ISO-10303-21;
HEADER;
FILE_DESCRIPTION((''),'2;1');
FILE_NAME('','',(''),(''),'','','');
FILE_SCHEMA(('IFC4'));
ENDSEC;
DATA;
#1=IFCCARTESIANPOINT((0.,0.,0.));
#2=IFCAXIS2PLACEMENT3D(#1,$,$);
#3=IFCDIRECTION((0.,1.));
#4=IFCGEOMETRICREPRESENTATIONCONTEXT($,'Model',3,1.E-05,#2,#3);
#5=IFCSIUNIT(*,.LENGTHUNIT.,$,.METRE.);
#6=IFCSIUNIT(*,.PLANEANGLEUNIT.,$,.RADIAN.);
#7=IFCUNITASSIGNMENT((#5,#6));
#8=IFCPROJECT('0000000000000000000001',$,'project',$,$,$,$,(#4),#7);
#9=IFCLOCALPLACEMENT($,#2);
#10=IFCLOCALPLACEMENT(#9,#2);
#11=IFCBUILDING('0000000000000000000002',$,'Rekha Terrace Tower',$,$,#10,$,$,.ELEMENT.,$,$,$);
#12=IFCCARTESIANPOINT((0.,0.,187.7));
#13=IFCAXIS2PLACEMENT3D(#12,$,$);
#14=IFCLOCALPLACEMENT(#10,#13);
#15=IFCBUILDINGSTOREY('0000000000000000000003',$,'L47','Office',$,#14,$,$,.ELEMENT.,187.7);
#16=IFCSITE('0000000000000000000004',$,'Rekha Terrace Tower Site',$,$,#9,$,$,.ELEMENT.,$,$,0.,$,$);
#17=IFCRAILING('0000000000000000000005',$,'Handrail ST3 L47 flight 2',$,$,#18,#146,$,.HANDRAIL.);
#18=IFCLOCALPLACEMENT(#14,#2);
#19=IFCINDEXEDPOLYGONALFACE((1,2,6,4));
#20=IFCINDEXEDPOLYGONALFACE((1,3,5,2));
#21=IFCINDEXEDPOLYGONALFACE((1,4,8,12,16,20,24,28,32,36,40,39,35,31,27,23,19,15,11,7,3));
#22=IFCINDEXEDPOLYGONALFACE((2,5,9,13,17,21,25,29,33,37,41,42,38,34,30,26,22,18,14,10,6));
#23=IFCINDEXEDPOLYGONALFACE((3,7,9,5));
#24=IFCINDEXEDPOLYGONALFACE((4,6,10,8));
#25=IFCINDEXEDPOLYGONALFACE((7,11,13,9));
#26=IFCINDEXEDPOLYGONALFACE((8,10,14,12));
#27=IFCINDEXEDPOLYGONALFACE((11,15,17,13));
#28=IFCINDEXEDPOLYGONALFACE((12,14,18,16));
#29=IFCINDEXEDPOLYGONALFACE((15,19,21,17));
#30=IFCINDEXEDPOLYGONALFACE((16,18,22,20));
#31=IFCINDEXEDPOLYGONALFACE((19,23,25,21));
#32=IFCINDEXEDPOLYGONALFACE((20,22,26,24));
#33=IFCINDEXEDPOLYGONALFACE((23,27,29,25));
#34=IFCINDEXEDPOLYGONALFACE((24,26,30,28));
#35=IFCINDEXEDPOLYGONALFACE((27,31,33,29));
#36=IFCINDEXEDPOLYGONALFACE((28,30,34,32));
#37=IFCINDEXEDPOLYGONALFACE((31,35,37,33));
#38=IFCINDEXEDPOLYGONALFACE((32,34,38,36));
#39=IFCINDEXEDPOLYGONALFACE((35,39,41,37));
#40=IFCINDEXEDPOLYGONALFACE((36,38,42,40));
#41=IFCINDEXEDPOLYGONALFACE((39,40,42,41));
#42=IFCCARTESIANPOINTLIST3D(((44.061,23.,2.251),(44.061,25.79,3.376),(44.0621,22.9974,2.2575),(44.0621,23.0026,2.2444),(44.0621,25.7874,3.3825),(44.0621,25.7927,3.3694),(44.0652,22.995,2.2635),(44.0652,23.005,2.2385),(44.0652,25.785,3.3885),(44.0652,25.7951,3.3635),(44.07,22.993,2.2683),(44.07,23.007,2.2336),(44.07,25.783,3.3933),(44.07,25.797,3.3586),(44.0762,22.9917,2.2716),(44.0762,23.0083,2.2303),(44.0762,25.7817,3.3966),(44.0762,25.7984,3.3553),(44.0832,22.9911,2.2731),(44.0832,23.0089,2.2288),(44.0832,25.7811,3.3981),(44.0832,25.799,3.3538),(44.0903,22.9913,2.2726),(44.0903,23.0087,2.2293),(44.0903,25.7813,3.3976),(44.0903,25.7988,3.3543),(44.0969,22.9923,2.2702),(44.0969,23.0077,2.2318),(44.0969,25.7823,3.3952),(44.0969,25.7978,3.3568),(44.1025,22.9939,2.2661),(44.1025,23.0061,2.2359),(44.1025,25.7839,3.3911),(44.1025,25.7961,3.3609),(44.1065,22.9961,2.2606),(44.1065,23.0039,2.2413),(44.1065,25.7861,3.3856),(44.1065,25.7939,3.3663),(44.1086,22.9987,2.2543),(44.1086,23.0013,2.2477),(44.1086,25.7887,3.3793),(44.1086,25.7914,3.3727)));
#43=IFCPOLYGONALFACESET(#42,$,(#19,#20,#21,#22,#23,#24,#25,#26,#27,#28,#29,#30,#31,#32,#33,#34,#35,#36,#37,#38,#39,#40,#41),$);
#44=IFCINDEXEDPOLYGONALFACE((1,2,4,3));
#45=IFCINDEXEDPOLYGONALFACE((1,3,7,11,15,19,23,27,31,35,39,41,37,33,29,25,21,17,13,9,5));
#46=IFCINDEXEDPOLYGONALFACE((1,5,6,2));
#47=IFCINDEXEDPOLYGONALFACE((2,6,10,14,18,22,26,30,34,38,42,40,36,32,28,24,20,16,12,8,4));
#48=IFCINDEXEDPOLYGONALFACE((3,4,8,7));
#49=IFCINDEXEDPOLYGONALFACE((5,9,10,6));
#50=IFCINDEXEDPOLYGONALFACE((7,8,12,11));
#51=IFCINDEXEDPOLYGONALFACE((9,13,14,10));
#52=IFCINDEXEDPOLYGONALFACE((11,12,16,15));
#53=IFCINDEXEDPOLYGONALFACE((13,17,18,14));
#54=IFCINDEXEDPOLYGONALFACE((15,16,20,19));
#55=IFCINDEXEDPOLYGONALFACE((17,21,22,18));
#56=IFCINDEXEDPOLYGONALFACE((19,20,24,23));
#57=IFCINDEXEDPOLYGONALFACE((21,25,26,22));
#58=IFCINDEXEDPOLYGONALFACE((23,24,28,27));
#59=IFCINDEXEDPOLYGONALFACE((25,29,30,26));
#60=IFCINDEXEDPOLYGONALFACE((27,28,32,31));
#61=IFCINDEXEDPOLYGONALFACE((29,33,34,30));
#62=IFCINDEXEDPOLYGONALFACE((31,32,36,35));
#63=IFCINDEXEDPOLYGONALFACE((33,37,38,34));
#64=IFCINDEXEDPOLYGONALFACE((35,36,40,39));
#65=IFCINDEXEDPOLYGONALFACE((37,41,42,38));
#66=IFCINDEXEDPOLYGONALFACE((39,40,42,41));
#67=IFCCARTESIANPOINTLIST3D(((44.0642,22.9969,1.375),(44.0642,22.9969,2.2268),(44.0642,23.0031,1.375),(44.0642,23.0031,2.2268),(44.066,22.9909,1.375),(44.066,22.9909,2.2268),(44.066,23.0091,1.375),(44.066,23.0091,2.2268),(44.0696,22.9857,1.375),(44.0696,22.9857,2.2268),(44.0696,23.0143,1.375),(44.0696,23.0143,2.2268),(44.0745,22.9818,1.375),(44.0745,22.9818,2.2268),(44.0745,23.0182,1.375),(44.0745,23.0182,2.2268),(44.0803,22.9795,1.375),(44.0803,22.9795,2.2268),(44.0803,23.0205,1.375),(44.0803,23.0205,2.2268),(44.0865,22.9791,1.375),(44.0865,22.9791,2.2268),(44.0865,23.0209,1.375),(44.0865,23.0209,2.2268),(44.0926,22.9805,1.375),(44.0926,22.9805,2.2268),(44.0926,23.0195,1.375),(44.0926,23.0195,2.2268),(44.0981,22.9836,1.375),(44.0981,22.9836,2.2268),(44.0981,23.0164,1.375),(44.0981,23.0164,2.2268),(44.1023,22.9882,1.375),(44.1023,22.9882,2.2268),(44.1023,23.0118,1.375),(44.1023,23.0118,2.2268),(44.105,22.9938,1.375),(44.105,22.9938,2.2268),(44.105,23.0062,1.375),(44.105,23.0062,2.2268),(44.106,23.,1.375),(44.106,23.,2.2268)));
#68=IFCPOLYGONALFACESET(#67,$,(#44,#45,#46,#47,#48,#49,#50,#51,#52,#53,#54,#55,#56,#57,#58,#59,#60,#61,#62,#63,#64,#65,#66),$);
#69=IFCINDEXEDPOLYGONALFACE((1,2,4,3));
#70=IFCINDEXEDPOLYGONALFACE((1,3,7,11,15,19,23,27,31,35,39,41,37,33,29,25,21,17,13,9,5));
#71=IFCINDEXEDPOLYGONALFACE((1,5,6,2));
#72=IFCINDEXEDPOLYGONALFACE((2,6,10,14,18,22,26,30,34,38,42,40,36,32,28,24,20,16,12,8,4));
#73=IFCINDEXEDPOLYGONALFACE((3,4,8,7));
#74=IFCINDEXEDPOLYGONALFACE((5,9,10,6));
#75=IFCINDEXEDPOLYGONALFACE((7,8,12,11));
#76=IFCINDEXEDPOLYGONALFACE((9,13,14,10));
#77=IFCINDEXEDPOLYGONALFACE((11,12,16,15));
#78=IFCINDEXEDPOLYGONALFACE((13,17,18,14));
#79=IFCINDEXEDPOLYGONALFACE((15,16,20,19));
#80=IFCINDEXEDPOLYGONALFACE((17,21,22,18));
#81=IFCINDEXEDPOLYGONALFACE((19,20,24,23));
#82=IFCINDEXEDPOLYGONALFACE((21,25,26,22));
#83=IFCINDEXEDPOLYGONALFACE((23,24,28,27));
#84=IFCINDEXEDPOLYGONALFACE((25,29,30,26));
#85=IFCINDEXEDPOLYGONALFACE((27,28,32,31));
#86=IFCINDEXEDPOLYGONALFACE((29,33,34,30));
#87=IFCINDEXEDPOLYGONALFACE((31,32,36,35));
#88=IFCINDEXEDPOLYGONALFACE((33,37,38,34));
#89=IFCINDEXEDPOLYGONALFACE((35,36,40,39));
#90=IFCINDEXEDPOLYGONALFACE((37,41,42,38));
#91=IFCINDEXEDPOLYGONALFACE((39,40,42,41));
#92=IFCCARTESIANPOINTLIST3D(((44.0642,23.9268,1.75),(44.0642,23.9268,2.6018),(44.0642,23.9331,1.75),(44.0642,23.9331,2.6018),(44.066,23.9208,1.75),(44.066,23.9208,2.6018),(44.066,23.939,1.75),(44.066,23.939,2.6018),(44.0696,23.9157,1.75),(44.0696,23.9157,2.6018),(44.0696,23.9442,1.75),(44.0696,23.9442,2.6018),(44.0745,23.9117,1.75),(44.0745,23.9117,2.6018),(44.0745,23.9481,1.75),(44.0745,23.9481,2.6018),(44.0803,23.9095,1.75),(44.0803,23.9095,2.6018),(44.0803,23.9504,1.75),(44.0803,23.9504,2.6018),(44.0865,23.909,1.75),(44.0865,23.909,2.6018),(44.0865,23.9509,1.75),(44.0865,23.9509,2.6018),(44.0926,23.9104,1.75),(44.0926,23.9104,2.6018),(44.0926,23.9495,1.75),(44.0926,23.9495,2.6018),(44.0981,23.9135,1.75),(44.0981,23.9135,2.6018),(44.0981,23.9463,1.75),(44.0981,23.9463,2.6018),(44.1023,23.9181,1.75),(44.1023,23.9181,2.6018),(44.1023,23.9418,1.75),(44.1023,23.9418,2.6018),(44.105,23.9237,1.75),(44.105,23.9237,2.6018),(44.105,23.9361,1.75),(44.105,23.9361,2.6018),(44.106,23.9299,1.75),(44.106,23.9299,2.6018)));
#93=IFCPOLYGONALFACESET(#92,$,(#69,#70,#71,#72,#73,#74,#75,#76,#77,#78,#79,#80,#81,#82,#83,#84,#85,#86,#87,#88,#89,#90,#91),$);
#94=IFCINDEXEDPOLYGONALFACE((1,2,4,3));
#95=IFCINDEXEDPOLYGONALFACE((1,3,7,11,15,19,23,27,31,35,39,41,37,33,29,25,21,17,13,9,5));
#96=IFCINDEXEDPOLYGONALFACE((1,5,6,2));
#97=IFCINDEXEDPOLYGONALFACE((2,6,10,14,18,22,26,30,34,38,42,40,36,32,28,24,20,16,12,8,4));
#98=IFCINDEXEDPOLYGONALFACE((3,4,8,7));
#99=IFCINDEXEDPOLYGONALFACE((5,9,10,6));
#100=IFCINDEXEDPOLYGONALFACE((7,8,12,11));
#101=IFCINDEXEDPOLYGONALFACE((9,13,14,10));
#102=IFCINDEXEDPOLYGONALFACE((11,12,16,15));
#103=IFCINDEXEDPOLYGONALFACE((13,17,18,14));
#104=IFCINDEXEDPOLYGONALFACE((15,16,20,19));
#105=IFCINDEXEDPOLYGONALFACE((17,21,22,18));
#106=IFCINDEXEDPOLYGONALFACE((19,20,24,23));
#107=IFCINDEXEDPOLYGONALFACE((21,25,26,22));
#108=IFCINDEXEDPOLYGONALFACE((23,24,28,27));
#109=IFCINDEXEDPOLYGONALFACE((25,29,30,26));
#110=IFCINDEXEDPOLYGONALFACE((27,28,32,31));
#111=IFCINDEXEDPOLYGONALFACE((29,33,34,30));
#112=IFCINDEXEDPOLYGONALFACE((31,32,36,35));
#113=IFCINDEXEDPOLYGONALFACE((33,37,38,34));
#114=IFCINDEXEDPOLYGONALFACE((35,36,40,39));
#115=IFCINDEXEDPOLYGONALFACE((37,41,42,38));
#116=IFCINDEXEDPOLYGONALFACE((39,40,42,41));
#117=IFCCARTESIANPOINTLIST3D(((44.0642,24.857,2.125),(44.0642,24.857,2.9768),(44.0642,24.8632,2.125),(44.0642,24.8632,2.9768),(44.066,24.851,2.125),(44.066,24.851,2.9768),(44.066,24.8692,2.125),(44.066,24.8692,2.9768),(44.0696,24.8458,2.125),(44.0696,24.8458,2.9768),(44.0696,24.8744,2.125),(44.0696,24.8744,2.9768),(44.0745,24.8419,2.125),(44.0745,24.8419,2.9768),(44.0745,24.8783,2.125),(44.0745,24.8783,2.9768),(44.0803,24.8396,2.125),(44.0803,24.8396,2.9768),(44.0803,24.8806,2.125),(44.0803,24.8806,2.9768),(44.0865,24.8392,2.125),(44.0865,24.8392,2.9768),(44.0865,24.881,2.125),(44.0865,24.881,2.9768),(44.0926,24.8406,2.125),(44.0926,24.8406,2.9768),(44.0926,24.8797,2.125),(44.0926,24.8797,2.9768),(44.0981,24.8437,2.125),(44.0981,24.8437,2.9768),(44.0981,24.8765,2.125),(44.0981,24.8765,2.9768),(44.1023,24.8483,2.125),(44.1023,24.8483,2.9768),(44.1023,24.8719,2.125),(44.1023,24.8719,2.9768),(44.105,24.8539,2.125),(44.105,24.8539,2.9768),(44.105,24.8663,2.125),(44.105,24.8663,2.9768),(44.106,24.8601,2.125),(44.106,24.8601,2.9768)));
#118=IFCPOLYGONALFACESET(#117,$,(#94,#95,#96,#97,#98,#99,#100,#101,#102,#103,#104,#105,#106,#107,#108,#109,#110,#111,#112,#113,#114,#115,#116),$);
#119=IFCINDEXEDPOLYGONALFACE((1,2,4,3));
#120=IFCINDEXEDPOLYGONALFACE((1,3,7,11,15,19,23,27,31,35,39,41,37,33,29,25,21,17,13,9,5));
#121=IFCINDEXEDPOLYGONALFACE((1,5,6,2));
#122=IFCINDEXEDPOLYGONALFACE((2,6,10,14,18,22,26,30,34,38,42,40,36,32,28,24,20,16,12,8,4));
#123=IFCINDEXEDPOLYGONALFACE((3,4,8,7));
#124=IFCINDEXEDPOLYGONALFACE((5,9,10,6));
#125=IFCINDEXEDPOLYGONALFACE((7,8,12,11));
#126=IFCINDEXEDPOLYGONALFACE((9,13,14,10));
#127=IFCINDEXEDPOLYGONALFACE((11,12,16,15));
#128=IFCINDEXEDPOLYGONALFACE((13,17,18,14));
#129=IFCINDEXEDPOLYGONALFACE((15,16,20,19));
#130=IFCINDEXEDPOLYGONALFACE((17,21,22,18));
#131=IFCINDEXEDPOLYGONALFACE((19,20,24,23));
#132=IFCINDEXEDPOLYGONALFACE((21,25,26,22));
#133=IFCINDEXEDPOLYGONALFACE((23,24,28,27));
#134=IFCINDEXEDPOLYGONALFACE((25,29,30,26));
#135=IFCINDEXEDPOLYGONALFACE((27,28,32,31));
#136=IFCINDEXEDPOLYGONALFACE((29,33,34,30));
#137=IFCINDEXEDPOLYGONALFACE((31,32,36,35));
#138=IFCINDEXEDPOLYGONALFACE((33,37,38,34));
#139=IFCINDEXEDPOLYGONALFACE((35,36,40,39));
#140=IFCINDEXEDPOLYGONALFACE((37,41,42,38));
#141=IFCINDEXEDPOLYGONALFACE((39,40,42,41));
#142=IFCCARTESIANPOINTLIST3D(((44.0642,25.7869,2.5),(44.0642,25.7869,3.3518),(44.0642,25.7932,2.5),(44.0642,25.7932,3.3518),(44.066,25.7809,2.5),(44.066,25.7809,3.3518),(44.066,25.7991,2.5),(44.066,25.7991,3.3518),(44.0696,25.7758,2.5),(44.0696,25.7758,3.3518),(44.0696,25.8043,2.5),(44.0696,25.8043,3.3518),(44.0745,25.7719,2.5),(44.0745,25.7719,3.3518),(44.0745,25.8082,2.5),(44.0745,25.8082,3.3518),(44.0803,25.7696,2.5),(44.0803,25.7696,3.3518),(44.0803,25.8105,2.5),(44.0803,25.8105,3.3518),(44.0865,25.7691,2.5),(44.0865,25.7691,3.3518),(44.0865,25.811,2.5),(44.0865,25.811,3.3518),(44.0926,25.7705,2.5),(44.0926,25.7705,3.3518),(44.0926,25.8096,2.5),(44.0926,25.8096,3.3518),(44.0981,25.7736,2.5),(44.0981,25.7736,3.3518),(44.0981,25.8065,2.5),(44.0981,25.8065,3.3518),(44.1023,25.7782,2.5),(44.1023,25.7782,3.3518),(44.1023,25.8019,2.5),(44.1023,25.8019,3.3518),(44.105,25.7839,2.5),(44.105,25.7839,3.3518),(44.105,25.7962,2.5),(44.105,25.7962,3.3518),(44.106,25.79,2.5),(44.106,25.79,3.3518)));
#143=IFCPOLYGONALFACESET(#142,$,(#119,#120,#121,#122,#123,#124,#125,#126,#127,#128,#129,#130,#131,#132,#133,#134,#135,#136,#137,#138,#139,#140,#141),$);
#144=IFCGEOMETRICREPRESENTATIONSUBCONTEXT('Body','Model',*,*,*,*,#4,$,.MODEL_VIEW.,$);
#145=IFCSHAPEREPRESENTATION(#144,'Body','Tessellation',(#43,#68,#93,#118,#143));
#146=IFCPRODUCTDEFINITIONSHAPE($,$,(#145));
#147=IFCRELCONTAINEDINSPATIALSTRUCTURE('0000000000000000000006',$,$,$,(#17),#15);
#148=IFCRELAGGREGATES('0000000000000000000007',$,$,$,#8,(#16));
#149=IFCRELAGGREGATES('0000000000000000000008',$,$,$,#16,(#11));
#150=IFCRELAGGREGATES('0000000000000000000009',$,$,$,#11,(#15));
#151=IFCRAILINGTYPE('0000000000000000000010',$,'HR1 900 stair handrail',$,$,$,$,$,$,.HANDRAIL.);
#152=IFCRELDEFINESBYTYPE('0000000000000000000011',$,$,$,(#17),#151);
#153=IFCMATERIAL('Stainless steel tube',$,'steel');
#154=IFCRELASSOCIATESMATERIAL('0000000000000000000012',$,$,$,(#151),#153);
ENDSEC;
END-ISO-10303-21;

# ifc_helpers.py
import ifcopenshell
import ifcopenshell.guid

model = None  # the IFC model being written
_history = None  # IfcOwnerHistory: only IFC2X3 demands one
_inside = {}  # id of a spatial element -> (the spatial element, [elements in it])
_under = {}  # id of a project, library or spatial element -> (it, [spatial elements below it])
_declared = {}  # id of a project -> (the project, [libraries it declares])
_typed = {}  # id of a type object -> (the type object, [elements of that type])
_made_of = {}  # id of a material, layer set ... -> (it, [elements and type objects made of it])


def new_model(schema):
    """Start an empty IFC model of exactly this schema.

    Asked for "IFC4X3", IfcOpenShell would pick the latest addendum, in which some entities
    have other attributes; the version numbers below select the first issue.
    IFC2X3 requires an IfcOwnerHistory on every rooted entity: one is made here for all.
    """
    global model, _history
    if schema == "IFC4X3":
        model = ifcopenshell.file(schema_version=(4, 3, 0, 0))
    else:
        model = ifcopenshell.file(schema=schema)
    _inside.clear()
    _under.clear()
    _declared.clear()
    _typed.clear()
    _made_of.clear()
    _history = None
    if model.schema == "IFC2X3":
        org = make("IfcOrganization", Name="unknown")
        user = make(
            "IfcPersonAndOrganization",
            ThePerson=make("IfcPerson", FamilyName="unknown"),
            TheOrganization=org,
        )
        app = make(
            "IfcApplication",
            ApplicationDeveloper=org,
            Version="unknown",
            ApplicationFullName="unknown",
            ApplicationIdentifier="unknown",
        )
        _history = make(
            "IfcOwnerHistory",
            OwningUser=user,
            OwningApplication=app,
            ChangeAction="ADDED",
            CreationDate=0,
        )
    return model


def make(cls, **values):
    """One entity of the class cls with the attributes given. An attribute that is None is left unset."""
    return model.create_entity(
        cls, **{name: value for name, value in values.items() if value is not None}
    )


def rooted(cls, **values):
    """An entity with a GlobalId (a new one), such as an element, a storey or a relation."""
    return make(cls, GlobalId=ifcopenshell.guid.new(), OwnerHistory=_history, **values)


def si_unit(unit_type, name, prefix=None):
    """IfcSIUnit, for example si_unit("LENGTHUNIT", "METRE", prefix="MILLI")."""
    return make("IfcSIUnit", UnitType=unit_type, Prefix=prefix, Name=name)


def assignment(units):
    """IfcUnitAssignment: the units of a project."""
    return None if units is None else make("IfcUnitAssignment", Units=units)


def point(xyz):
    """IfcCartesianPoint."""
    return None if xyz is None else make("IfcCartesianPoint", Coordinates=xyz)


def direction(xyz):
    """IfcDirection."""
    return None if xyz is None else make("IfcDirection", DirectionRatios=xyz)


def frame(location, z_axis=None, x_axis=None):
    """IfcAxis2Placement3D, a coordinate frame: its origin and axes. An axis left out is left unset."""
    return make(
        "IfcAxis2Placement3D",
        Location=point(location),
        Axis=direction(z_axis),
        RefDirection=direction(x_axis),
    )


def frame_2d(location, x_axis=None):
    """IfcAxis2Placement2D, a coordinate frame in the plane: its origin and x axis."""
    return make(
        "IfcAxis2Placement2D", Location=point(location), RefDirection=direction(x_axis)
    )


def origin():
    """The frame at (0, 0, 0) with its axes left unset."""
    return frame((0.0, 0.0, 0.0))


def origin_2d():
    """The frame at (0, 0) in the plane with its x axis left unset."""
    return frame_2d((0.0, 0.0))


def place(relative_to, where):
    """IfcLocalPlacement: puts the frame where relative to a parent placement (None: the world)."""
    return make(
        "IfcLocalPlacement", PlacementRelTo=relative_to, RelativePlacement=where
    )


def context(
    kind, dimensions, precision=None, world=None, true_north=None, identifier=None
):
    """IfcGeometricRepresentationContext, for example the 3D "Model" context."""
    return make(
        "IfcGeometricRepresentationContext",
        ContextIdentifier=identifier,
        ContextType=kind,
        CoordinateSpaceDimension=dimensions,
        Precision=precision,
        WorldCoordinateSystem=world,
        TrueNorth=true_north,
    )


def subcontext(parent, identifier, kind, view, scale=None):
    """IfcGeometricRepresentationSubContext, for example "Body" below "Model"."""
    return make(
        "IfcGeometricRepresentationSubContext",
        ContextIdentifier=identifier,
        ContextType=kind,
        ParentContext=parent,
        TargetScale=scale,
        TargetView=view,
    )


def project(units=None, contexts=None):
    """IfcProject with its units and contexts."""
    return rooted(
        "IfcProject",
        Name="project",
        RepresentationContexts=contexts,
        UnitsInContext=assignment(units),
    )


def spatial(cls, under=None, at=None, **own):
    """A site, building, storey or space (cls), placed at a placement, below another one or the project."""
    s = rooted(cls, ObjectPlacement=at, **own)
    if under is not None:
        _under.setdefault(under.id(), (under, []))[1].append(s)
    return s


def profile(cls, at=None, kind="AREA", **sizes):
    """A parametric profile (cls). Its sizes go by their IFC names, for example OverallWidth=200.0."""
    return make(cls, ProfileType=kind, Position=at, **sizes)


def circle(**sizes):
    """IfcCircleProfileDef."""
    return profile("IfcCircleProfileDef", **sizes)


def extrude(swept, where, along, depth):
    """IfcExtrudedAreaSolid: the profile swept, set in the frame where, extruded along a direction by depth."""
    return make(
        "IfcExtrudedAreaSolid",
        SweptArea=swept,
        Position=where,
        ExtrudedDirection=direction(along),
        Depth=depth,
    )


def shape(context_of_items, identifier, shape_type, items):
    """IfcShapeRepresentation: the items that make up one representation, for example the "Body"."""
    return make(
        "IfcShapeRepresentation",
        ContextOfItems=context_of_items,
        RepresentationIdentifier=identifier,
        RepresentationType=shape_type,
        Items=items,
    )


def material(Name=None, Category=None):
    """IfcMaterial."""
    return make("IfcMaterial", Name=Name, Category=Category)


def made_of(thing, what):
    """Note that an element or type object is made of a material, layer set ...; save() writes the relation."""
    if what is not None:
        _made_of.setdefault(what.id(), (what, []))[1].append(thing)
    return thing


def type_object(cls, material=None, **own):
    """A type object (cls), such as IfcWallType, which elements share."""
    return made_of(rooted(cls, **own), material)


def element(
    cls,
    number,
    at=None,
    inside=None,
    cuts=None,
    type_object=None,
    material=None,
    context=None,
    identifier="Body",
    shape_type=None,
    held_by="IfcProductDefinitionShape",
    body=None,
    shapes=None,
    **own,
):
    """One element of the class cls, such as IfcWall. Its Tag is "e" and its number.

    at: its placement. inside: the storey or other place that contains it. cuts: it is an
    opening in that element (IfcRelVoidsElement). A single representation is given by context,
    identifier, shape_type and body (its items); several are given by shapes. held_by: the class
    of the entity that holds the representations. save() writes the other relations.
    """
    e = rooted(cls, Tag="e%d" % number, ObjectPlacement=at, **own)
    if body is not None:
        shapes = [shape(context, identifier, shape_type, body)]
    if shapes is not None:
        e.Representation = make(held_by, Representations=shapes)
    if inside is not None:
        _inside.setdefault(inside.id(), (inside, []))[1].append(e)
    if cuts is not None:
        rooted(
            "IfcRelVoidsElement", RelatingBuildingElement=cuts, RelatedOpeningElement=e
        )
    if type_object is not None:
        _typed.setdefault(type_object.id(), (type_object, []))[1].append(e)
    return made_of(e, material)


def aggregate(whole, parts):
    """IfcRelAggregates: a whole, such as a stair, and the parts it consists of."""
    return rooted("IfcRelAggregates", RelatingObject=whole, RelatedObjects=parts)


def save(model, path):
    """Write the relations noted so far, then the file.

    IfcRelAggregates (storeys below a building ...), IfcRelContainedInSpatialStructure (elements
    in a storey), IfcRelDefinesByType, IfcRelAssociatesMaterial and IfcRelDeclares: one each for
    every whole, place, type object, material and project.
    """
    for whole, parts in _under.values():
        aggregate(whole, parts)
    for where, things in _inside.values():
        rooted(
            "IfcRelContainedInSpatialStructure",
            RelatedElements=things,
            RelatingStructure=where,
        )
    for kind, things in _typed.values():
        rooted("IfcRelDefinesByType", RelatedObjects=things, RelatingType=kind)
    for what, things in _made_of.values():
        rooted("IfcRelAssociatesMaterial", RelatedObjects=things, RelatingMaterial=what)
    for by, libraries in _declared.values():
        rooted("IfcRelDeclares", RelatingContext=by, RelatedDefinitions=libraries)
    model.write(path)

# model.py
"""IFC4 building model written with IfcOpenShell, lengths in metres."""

from ifc_helpers import new_model, si_unit, direction, frame, origin, origin_2d, place, context, subcontext, project, spatial, circle, extrude, material, type_object, element, save


model = new_model("IFC4")

# Units and contexts
model_context = context("Model", 3, precision=1e-05, world=origin(), true_north=direction((0.0, 1.0)))
body_context = subcontext(model_context, "Body", "Model", "MODEL_VIEW")
ifc_project = project(units=[si_unit("LENGTHUNIT", "METRE"), si_unit("PLANEANGLEUNIT", "RADIAN")], contexts=[model_context])

# Site, building, storey
site_placement = place(None, origin())
site = spatial("IfcSite", under=ifc_project, at=site_placement, Name="Rekha Terrace Tower Site", CompositionType="ELEMENT", RefElevation=0.0)
building_placement = place(site_placement, origin())
building = spatial("IfcBuilding", under=site, at=building_placement, Name="Rekha Terrace Tower", CompositionType="ELEMENT")
storey_placement = place(building_placement, frame((0.0, 0.0, 187.7)))
storey = spatial("IfcBuildingStorey", under=building, at=storey_placement, Name="L47", Description="Office", CompositionType="ELEMENT", Elevation=187.7)

# Railing
ifc_material_1 = material(Name="Stainless steel tube", Category="steel")
railing_type_1 = type_object("IfcRailingType", Name="HR1 900 stair handrail", PredefinedType="HANDRAIL", material=ifc_material_1)
railing_1_placement = place(storey_placement, frame((44.085, 23.0, 1.375)))
element("IfcRailing", 1, at=railing_1_placement, inside=storey, type_object=railing_type_1, Name="Handrail ST3 L47 flight 2", PredefinedType="HANDRAIL", context=body_context, shape_type="SweptSolid", body=[
    extrude(circle(Radius=0.0239, at=origin_2d()), frame((0.0, 0.0, 0.876), z_axis=(0.0, 0.927443, 0.373964), x_axis=(-1.0, 0.0, 0.0)), (0.0, 0.0, 1.0), 3.0083),
    extrude(circle(Radius=0.021, at=origin_2d()), origin(), (0.0, 0.0, 1.0), 0.8518),
    extrude(circle(Radius=0.021, at=origin_2d()), frame((0.0, 0.9299, 0.375)), (0.0, 0.0, 1.0), 0.8518),
    extrude(circle(Radius=0.021, at=origin_2d()), frame((0.0, 1.8601, 0.75)), (0.0, 0.0, 1.0), 0.8518),
    extrude(circle(Radius=0.021, at=origin_2d()), frame((0.0, 2.79, 1.125)), (0.0, 0.0, 1.0), 0.8518),
])

save(model, "model.ifc")
